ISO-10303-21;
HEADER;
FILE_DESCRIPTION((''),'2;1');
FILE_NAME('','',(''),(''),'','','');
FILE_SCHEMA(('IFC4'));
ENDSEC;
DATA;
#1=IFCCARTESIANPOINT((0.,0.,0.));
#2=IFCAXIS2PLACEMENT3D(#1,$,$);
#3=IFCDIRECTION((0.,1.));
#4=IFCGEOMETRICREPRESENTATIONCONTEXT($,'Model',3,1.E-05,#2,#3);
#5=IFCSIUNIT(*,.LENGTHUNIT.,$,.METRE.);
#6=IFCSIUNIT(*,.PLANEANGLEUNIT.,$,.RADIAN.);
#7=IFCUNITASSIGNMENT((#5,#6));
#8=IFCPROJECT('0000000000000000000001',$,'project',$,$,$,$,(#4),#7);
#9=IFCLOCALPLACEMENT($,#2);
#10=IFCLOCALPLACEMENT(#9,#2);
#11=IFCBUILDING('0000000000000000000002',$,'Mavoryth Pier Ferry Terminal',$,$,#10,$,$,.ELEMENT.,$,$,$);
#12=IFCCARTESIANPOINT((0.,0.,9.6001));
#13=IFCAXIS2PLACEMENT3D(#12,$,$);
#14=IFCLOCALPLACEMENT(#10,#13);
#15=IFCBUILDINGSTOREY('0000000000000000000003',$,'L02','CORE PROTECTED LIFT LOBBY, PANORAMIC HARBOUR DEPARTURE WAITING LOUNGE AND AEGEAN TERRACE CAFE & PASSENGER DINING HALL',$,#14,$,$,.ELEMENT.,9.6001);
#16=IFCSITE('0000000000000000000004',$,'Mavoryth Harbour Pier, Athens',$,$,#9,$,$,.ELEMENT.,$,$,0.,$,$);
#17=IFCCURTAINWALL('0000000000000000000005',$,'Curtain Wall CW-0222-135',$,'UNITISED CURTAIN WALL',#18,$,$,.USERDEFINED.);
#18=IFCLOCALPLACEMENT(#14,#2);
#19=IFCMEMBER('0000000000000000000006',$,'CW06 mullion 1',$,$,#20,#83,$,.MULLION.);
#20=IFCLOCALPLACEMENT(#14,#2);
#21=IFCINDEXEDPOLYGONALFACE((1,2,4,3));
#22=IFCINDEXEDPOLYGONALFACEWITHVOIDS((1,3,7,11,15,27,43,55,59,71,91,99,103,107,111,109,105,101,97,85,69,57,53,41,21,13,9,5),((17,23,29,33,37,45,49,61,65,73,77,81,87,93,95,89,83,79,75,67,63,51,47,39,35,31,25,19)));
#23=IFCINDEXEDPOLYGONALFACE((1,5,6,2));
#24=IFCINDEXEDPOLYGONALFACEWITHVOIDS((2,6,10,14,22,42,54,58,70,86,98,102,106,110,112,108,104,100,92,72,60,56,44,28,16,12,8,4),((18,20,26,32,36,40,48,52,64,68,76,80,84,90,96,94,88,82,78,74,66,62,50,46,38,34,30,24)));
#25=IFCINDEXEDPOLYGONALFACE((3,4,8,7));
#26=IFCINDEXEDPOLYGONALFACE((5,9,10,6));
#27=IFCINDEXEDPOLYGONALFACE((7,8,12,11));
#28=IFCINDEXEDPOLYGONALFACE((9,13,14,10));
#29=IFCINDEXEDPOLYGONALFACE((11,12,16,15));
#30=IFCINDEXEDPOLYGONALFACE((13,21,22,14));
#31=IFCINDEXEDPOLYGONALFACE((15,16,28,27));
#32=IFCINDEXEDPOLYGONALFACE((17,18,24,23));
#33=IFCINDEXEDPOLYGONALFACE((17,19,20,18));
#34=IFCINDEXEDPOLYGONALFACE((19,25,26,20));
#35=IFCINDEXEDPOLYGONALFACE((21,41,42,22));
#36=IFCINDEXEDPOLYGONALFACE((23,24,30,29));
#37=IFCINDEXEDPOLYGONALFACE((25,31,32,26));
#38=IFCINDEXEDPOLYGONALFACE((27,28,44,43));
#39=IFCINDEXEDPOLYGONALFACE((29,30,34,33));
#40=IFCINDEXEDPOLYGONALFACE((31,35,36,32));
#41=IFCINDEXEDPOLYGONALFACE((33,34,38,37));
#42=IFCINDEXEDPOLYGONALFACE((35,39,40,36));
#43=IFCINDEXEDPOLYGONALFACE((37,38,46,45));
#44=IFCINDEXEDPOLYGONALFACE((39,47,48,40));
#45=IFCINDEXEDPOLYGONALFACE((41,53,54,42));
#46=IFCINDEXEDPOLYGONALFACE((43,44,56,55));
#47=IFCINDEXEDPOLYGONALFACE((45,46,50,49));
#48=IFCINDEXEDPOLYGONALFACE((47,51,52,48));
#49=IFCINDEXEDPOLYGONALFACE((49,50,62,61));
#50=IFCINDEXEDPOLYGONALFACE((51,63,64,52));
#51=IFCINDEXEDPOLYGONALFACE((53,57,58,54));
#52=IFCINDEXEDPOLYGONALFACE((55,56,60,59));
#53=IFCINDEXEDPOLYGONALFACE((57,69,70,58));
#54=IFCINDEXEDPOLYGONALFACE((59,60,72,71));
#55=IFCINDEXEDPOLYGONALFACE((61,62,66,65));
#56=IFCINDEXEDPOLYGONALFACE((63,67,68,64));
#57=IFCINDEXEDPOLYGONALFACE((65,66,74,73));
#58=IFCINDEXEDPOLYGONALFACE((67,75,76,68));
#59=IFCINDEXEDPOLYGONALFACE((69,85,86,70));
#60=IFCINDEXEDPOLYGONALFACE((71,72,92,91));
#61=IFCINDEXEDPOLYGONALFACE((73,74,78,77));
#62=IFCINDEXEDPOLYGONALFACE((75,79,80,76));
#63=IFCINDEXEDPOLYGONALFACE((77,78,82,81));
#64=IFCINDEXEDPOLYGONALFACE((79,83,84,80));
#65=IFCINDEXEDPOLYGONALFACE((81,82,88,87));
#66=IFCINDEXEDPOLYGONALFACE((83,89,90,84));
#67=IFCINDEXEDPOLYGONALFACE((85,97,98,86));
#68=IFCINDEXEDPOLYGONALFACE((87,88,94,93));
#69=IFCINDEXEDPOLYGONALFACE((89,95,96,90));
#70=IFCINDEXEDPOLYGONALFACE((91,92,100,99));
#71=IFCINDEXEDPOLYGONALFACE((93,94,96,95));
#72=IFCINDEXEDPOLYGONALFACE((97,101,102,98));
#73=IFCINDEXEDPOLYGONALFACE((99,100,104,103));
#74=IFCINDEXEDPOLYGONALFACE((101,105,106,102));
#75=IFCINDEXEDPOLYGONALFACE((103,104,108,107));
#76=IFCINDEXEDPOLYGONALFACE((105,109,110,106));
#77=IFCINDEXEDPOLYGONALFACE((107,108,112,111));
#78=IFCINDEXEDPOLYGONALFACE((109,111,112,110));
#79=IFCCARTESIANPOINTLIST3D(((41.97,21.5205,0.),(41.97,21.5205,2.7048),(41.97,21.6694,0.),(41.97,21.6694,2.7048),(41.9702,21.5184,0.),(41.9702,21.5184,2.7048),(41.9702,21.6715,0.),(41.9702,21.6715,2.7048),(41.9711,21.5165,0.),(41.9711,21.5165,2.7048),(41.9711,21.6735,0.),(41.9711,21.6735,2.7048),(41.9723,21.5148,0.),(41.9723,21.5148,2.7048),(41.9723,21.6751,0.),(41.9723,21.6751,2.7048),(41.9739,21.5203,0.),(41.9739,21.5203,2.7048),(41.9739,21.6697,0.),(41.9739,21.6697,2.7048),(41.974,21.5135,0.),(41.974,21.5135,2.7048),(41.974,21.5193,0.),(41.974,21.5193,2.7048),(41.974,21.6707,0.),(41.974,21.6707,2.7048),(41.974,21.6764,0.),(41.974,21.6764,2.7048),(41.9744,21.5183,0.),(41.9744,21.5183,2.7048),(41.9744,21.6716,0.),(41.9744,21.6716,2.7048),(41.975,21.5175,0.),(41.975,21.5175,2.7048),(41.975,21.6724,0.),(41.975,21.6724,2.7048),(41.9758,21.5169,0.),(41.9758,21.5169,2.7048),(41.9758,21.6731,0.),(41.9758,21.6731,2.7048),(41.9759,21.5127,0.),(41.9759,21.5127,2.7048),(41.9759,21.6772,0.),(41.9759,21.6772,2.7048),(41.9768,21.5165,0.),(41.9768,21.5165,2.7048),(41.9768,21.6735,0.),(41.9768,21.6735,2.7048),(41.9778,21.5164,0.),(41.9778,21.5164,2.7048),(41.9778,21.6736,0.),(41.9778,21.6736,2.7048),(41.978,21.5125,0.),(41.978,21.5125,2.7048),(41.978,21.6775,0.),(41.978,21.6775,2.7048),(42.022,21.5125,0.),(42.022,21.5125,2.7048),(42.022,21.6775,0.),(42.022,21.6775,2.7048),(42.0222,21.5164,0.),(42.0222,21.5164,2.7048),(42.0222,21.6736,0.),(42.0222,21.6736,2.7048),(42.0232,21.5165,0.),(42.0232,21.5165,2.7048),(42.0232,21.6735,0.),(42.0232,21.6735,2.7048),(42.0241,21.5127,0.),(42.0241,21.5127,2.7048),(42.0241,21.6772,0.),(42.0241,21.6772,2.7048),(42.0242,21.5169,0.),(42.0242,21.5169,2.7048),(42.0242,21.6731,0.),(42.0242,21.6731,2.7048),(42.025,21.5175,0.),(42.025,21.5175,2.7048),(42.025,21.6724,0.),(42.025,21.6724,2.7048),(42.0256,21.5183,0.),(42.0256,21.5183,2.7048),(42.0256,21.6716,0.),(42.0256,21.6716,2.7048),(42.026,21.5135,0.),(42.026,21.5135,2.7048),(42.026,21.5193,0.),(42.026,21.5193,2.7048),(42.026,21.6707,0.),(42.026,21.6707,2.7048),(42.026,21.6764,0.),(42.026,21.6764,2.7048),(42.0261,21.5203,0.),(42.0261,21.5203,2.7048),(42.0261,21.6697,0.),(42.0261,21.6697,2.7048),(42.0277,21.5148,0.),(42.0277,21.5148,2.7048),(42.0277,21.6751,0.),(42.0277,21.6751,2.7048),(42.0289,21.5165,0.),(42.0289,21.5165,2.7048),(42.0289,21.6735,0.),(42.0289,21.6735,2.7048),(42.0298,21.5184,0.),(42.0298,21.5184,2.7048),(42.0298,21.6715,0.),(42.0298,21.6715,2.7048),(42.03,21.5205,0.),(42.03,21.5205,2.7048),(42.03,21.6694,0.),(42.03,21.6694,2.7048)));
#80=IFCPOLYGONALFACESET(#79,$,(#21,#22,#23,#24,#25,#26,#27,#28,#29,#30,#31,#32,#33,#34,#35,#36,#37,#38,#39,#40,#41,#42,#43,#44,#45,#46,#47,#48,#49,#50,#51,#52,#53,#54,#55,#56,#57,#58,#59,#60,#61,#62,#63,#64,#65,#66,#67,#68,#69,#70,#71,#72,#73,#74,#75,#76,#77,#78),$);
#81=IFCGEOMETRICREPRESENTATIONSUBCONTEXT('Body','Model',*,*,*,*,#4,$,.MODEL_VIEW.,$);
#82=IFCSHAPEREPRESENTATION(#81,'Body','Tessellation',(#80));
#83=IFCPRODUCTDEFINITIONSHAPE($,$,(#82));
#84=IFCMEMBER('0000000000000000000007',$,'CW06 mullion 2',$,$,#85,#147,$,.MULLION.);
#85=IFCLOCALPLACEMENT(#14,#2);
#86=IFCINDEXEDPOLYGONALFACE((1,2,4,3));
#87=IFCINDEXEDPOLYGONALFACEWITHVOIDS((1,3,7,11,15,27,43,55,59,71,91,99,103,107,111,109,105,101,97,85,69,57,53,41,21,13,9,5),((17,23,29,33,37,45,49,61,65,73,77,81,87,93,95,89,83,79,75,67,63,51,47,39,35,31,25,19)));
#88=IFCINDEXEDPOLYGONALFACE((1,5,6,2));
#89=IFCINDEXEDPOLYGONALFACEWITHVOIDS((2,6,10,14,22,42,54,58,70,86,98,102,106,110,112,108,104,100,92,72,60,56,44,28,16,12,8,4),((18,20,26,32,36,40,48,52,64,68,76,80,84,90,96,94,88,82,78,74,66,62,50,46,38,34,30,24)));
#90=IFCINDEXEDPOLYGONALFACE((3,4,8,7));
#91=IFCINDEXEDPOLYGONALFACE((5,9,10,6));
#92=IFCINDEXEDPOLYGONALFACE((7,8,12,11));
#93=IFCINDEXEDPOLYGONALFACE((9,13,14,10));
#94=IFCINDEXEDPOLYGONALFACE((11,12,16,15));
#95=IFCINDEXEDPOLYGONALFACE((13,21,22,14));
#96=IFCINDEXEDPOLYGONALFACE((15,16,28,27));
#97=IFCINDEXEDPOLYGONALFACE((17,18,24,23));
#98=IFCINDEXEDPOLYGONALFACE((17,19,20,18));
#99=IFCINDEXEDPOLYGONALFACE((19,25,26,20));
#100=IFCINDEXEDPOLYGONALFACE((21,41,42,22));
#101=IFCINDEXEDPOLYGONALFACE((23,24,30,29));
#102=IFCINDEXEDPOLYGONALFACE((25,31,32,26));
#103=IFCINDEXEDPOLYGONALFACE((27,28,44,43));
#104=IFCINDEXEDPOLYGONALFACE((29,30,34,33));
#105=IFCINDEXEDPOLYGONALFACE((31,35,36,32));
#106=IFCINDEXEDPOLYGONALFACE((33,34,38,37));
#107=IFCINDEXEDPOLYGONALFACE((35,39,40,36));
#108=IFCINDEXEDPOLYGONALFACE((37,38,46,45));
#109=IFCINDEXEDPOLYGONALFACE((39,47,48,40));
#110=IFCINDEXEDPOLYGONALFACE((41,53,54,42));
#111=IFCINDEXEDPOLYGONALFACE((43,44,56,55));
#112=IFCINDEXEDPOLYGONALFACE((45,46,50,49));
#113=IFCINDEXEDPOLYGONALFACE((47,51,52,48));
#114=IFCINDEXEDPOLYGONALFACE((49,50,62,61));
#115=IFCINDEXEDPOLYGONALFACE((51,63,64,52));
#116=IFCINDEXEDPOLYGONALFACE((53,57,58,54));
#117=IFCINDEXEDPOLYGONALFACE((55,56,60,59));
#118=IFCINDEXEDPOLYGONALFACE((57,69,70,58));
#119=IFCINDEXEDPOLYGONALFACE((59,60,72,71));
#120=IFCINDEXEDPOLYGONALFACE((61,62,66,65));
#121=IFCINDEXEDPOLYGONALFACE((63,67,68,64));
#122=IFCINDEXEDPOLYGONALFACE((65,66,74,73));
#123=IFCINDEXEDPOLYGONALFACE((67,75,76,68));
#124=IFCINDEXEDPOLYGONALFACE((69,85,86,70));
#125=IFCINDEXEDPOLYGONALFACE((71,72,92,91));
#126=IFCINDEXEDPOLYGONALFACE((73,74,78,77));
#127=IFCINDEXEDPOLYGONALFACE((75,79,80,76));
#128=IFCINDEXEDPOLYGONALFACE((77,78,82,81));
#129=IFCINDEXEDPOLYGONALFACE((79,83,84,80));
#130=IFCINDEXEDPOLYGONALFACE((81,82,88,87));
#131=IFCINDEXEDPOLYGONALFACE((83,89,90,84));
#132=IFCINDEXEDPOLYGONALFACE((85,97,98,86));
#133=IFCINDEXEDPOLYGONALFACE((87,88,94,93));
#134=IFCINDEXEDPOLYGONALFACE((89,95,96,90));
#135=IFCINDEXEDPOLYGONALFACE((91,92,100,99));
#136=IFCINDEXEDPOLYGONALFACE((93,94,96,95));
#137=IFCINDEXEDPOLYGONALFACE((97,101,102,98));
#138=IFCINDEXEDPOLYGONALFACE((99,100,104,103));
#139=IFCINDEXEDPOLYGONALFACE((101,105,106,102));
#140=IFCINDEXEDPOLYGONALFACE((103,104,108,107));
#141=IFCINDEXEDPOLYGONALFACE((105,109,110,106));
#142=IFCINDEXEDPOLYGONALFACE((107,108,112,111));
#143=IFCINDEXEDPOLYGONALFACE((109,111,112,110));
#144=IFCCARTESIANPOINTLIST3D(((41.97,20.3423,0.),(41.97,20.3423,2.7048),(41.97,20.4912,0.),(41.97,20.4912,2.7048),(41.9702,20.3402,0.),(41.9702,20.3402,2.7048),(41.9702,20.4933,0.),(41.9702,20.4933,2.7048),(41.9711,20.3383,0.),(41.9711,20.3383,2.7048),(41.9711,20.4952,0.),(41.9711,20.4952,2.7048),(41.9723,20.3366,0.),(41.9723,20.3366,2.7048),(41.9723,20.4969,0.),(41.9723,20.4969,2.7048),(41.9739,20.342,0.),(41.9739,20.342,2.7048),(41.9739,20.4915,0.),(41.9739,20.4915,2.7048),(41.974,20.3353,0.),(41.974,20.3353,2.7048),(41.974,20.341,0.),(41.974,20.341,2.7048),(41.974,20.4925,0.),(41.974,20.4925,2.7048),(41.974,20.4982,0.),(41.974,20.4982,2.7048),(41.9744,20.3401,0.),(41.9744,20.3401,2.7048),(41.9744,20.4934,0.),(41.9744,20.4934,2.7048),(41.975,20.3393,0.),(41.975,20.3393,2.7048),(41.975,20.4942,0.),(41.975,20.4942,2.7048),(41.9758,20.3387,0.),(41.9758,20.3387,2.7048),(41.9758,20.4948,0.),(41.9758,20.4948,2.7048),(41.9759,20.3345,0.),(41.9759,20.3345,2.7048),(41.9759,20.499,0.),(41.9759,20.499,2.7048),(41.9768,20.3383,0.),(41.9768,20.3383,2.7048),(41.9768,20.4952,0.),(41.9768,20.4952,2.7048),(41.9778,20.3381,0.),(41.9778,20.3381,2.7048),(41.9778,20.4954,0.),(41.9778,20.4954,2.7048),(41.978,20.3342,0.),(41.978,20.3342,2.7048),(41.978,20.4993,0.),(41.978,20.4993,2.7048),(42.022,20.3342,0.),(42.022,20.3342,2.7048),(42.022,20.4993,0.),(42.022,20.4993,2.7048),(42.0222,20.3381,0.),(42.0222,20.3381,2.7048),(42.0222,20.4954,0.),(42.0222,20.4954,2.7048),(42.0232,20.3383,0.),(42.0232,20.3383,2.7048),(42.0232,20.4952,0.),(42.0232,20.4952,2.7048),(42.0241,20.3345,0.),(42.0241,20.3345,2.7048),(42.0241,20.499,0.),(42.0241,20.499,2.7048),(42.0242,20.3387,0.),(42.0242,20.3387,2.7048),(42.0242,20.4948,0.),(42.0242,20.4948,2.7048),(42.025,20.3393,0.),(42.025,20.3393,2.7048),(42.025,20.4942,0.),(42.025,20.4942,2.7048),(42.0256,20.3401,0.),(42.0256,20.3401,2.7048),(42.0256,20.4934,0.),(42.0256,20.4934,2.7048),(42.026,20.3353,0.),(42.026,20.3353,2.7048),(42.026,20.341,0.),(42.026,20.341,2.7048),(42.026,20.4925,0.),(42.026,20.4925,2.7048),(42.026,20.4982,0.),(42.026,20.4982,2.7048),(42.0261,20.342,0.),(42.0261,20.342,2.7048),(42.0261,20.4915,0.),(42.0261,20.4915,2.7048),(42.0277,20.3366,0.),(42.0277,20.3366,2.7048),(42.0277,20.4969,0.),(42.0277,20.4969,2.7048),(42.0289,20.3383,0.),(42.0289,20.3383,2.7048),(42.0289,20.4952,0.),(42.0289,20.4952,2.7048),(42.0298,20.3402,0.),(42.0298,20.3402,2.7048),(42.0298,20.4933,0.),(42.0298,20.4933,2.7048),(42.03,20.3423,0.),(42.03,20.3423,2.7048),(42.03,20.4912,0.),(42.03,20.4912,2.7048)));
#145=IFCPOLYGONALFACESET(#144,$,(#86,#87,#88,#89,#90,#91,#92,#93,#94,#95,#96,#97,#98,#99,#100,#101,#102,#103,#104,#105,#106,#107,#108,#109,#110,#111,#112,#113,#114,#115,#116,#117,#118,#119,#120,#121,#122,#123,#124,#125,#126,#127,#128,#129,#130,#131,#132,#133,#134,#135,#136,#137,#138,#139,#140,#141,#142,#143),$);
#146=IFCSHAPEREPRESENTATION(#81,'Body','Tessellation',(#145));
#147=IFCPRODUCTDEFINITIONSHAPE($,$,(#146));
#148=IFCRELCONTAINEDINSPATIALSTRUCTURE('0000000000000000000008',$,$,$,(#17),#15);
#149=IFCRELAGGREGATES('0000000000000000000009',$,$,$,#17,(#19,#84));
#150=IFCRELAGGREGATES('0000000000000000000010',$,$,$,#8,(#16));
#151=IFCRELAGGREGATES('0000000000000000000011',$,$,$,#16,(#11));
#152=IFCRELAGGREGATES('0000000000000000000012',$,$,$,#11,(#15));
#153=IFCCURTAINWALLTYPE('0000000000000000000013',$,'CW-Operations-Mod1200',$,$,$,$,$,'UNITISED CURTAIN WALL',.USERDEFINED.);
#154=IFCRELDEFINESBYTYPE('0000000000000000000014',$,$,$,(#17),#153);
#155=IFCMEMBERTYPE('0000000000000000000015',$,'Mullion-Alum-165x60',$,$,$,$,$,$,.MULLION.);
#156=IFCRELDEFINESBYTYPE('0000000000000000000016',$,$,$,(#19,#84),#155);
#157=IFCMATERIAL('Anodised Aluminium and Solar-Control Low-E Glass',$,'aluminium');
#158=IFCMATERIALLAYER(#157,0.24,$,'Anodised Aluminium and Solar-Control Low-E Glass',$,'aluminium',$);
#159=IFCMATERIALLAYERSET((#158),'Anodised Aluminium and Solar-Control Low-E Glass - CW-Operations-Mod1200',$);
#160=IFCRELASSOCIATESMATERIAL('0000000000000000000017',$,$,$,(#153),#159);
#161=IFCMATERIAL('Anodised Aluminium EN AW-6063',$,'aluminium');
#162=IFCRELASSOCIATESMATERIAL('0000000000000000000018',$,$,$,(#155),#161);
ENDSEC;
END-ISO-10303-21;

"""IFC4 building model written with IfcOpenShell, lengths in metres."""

from ifc_helpers import new_model, si_unit, direction, frame, origin, origin_2d, place, context, subcontext, project, spatial, hollow_rectangle, extrude, material, layer, layer_set, material_profile, profile_set, type_object, element, aggregate, save


model = new_model("IFC4")

# Units and contexts
model_context = context("Model", 3, precision=1e-05, world=origin(), true_north=direction((0.0, 1.0)))
body_context = subcontext(model_context, "Body", "Model", "MODEL_VIEW")
ifc_project = project(units=[si_unit("LENGTHUNIT", "METRE"), si_unit("PLANEANGLEUNIT", "RADIAN")], contexts=[model_context])

# Site, building, storey
site_placement = place(None, origin())
site = spatial("IfcSite", under=ifc_project, at=site_placement, Name="Mavoryth Harbour Pier, Athens", CompositionType="ELEMENT", RefElevation=0.0)
building_placement = place(site_placement, origin())
building = spatial("IfcBuilding", under=site, at=building_placement, Name="Mavoryth Pier Ferry Terminal", CompositionType="ELEMENT")
storey_placement = place(building_placement, frame((0.0, 0.0, 9.6001)))
storey = spatial("IfcBuildingStorey", under=building, at=storey_placement, Name="L02", Description="CORE PROTECTED LIFT LOBBY, PANORAMIC HARBOUR DEPARTURE WAITING LOUNGE AND AEGEAN TERRACE CAFE & PASSENGER DINING HALL", CompositionType="ELEMENT", Elevation=9.6001)

# Curtain wall, members
ifc_material_1 = material(Name="Anodised Aluminium and Solar-Control Low-E Glass", Category="aluminium")
ifc_layer_1 = layer(ifc_material_1, 0.24, Name="Anodised Aluminium and Solar-Control Low-E Glass", Category="aluminium")
ifc_layer_set_1 = layer_set([ifc_layer_1], Name="Anodised Aluminium and Solar-Control Low-E Glass - CW-Operations-Mod1200")
curtain_wall_type = type_object("IfcCurtainWallType", Name="CW-Operations-Mod1200", ElementType="UNITISED CURTAIN WALL", PredefinedType="USERDEFINED", material=ifc_layer_set_1)
curtain_wall_placement = place(storey_placement, origin())
curtain_wall = element("IfcCurtainWall", 1, at=curtain_wall_placement, inside=storey, type_object=curtain_wall_type, Name="Curtain Wall CW-0222-135", ObjectType="UNITISED CURTAIN WALL", PredefinedType="USERDEFINED")
ifc_material_2 = material(Name="Anodised Aluminium EN AW-6063", Category="aluminium")
ifc_material_profile_1 = material_profile(ifc_material_2, hollow_rectangle(XDim=0.0601, YDim=0.165, WallThickness=0.0039, InnerFilletRadius=0.0039, OuterFilletRadius=0.0081, at=origin_2d()), Name="AL-MULL 165x60x4", Category="aluminium")
ifc_profile_set_1 = profile_set([ifc_material_profile_1], Name="Anodised Aluminium EN AW-6063 - AL-MULL 165x60x4")
member_type_1 = type_object("IfcMemberType", Name="Mullion-Alum-165x60", PredefinedType="MULLION", material=ifc_profile_set_1)
member_1_placement = place(storey_placement, frame((42.0, 21.595, 0.0), z_axis=(0.0, 0.0, 1.0), x_axis=(1.0, 0.0, 0.0)))
member_1 = element("IfcMember", 2, at=member_1_placement, type_object=member_type_1, Name="CW06 mullion 1", PredefinedType="MULLION", context=body_context, shape_type="SweptSolid", body=[
    extrude(hollow_rectangle(XDim=0.0601, YDim=0.165, WallThickness=0.0039, InnerFilletRadius=0.0039, OuterFilletRadius=0.0081, at=origin_2d()), origin(), (0.0, 0.0, 1.0), 2.7048),
])
member_2_placement = place(storey_placement, frame((42.0, 20.4167, 0.0), z_axis=(0.0, 0.0, 1.0), x_axis=(1.0, 0.0, 0.0)))
member_2 = element("IfcMember", 3, at=member_2_placement, type_object=member_type_1, Name="CW06 mullion 2", PredefinedType="MULLION", context=body_context, shape_type="SweptSolid", body=[
    extrude(hollow_rectangle(XDim=0.0601, YDim=0.165, WallThickness=0.0039, InnerFilletRadius=0.0039, OuterFilletRadius=0.0081, at=origin_2d()), origin(), (0.0, 0.0, 1.0), 2.7048),
])

aggregate(curtain_wall, [member_1, member_2])

save(model, "model.ifc")
